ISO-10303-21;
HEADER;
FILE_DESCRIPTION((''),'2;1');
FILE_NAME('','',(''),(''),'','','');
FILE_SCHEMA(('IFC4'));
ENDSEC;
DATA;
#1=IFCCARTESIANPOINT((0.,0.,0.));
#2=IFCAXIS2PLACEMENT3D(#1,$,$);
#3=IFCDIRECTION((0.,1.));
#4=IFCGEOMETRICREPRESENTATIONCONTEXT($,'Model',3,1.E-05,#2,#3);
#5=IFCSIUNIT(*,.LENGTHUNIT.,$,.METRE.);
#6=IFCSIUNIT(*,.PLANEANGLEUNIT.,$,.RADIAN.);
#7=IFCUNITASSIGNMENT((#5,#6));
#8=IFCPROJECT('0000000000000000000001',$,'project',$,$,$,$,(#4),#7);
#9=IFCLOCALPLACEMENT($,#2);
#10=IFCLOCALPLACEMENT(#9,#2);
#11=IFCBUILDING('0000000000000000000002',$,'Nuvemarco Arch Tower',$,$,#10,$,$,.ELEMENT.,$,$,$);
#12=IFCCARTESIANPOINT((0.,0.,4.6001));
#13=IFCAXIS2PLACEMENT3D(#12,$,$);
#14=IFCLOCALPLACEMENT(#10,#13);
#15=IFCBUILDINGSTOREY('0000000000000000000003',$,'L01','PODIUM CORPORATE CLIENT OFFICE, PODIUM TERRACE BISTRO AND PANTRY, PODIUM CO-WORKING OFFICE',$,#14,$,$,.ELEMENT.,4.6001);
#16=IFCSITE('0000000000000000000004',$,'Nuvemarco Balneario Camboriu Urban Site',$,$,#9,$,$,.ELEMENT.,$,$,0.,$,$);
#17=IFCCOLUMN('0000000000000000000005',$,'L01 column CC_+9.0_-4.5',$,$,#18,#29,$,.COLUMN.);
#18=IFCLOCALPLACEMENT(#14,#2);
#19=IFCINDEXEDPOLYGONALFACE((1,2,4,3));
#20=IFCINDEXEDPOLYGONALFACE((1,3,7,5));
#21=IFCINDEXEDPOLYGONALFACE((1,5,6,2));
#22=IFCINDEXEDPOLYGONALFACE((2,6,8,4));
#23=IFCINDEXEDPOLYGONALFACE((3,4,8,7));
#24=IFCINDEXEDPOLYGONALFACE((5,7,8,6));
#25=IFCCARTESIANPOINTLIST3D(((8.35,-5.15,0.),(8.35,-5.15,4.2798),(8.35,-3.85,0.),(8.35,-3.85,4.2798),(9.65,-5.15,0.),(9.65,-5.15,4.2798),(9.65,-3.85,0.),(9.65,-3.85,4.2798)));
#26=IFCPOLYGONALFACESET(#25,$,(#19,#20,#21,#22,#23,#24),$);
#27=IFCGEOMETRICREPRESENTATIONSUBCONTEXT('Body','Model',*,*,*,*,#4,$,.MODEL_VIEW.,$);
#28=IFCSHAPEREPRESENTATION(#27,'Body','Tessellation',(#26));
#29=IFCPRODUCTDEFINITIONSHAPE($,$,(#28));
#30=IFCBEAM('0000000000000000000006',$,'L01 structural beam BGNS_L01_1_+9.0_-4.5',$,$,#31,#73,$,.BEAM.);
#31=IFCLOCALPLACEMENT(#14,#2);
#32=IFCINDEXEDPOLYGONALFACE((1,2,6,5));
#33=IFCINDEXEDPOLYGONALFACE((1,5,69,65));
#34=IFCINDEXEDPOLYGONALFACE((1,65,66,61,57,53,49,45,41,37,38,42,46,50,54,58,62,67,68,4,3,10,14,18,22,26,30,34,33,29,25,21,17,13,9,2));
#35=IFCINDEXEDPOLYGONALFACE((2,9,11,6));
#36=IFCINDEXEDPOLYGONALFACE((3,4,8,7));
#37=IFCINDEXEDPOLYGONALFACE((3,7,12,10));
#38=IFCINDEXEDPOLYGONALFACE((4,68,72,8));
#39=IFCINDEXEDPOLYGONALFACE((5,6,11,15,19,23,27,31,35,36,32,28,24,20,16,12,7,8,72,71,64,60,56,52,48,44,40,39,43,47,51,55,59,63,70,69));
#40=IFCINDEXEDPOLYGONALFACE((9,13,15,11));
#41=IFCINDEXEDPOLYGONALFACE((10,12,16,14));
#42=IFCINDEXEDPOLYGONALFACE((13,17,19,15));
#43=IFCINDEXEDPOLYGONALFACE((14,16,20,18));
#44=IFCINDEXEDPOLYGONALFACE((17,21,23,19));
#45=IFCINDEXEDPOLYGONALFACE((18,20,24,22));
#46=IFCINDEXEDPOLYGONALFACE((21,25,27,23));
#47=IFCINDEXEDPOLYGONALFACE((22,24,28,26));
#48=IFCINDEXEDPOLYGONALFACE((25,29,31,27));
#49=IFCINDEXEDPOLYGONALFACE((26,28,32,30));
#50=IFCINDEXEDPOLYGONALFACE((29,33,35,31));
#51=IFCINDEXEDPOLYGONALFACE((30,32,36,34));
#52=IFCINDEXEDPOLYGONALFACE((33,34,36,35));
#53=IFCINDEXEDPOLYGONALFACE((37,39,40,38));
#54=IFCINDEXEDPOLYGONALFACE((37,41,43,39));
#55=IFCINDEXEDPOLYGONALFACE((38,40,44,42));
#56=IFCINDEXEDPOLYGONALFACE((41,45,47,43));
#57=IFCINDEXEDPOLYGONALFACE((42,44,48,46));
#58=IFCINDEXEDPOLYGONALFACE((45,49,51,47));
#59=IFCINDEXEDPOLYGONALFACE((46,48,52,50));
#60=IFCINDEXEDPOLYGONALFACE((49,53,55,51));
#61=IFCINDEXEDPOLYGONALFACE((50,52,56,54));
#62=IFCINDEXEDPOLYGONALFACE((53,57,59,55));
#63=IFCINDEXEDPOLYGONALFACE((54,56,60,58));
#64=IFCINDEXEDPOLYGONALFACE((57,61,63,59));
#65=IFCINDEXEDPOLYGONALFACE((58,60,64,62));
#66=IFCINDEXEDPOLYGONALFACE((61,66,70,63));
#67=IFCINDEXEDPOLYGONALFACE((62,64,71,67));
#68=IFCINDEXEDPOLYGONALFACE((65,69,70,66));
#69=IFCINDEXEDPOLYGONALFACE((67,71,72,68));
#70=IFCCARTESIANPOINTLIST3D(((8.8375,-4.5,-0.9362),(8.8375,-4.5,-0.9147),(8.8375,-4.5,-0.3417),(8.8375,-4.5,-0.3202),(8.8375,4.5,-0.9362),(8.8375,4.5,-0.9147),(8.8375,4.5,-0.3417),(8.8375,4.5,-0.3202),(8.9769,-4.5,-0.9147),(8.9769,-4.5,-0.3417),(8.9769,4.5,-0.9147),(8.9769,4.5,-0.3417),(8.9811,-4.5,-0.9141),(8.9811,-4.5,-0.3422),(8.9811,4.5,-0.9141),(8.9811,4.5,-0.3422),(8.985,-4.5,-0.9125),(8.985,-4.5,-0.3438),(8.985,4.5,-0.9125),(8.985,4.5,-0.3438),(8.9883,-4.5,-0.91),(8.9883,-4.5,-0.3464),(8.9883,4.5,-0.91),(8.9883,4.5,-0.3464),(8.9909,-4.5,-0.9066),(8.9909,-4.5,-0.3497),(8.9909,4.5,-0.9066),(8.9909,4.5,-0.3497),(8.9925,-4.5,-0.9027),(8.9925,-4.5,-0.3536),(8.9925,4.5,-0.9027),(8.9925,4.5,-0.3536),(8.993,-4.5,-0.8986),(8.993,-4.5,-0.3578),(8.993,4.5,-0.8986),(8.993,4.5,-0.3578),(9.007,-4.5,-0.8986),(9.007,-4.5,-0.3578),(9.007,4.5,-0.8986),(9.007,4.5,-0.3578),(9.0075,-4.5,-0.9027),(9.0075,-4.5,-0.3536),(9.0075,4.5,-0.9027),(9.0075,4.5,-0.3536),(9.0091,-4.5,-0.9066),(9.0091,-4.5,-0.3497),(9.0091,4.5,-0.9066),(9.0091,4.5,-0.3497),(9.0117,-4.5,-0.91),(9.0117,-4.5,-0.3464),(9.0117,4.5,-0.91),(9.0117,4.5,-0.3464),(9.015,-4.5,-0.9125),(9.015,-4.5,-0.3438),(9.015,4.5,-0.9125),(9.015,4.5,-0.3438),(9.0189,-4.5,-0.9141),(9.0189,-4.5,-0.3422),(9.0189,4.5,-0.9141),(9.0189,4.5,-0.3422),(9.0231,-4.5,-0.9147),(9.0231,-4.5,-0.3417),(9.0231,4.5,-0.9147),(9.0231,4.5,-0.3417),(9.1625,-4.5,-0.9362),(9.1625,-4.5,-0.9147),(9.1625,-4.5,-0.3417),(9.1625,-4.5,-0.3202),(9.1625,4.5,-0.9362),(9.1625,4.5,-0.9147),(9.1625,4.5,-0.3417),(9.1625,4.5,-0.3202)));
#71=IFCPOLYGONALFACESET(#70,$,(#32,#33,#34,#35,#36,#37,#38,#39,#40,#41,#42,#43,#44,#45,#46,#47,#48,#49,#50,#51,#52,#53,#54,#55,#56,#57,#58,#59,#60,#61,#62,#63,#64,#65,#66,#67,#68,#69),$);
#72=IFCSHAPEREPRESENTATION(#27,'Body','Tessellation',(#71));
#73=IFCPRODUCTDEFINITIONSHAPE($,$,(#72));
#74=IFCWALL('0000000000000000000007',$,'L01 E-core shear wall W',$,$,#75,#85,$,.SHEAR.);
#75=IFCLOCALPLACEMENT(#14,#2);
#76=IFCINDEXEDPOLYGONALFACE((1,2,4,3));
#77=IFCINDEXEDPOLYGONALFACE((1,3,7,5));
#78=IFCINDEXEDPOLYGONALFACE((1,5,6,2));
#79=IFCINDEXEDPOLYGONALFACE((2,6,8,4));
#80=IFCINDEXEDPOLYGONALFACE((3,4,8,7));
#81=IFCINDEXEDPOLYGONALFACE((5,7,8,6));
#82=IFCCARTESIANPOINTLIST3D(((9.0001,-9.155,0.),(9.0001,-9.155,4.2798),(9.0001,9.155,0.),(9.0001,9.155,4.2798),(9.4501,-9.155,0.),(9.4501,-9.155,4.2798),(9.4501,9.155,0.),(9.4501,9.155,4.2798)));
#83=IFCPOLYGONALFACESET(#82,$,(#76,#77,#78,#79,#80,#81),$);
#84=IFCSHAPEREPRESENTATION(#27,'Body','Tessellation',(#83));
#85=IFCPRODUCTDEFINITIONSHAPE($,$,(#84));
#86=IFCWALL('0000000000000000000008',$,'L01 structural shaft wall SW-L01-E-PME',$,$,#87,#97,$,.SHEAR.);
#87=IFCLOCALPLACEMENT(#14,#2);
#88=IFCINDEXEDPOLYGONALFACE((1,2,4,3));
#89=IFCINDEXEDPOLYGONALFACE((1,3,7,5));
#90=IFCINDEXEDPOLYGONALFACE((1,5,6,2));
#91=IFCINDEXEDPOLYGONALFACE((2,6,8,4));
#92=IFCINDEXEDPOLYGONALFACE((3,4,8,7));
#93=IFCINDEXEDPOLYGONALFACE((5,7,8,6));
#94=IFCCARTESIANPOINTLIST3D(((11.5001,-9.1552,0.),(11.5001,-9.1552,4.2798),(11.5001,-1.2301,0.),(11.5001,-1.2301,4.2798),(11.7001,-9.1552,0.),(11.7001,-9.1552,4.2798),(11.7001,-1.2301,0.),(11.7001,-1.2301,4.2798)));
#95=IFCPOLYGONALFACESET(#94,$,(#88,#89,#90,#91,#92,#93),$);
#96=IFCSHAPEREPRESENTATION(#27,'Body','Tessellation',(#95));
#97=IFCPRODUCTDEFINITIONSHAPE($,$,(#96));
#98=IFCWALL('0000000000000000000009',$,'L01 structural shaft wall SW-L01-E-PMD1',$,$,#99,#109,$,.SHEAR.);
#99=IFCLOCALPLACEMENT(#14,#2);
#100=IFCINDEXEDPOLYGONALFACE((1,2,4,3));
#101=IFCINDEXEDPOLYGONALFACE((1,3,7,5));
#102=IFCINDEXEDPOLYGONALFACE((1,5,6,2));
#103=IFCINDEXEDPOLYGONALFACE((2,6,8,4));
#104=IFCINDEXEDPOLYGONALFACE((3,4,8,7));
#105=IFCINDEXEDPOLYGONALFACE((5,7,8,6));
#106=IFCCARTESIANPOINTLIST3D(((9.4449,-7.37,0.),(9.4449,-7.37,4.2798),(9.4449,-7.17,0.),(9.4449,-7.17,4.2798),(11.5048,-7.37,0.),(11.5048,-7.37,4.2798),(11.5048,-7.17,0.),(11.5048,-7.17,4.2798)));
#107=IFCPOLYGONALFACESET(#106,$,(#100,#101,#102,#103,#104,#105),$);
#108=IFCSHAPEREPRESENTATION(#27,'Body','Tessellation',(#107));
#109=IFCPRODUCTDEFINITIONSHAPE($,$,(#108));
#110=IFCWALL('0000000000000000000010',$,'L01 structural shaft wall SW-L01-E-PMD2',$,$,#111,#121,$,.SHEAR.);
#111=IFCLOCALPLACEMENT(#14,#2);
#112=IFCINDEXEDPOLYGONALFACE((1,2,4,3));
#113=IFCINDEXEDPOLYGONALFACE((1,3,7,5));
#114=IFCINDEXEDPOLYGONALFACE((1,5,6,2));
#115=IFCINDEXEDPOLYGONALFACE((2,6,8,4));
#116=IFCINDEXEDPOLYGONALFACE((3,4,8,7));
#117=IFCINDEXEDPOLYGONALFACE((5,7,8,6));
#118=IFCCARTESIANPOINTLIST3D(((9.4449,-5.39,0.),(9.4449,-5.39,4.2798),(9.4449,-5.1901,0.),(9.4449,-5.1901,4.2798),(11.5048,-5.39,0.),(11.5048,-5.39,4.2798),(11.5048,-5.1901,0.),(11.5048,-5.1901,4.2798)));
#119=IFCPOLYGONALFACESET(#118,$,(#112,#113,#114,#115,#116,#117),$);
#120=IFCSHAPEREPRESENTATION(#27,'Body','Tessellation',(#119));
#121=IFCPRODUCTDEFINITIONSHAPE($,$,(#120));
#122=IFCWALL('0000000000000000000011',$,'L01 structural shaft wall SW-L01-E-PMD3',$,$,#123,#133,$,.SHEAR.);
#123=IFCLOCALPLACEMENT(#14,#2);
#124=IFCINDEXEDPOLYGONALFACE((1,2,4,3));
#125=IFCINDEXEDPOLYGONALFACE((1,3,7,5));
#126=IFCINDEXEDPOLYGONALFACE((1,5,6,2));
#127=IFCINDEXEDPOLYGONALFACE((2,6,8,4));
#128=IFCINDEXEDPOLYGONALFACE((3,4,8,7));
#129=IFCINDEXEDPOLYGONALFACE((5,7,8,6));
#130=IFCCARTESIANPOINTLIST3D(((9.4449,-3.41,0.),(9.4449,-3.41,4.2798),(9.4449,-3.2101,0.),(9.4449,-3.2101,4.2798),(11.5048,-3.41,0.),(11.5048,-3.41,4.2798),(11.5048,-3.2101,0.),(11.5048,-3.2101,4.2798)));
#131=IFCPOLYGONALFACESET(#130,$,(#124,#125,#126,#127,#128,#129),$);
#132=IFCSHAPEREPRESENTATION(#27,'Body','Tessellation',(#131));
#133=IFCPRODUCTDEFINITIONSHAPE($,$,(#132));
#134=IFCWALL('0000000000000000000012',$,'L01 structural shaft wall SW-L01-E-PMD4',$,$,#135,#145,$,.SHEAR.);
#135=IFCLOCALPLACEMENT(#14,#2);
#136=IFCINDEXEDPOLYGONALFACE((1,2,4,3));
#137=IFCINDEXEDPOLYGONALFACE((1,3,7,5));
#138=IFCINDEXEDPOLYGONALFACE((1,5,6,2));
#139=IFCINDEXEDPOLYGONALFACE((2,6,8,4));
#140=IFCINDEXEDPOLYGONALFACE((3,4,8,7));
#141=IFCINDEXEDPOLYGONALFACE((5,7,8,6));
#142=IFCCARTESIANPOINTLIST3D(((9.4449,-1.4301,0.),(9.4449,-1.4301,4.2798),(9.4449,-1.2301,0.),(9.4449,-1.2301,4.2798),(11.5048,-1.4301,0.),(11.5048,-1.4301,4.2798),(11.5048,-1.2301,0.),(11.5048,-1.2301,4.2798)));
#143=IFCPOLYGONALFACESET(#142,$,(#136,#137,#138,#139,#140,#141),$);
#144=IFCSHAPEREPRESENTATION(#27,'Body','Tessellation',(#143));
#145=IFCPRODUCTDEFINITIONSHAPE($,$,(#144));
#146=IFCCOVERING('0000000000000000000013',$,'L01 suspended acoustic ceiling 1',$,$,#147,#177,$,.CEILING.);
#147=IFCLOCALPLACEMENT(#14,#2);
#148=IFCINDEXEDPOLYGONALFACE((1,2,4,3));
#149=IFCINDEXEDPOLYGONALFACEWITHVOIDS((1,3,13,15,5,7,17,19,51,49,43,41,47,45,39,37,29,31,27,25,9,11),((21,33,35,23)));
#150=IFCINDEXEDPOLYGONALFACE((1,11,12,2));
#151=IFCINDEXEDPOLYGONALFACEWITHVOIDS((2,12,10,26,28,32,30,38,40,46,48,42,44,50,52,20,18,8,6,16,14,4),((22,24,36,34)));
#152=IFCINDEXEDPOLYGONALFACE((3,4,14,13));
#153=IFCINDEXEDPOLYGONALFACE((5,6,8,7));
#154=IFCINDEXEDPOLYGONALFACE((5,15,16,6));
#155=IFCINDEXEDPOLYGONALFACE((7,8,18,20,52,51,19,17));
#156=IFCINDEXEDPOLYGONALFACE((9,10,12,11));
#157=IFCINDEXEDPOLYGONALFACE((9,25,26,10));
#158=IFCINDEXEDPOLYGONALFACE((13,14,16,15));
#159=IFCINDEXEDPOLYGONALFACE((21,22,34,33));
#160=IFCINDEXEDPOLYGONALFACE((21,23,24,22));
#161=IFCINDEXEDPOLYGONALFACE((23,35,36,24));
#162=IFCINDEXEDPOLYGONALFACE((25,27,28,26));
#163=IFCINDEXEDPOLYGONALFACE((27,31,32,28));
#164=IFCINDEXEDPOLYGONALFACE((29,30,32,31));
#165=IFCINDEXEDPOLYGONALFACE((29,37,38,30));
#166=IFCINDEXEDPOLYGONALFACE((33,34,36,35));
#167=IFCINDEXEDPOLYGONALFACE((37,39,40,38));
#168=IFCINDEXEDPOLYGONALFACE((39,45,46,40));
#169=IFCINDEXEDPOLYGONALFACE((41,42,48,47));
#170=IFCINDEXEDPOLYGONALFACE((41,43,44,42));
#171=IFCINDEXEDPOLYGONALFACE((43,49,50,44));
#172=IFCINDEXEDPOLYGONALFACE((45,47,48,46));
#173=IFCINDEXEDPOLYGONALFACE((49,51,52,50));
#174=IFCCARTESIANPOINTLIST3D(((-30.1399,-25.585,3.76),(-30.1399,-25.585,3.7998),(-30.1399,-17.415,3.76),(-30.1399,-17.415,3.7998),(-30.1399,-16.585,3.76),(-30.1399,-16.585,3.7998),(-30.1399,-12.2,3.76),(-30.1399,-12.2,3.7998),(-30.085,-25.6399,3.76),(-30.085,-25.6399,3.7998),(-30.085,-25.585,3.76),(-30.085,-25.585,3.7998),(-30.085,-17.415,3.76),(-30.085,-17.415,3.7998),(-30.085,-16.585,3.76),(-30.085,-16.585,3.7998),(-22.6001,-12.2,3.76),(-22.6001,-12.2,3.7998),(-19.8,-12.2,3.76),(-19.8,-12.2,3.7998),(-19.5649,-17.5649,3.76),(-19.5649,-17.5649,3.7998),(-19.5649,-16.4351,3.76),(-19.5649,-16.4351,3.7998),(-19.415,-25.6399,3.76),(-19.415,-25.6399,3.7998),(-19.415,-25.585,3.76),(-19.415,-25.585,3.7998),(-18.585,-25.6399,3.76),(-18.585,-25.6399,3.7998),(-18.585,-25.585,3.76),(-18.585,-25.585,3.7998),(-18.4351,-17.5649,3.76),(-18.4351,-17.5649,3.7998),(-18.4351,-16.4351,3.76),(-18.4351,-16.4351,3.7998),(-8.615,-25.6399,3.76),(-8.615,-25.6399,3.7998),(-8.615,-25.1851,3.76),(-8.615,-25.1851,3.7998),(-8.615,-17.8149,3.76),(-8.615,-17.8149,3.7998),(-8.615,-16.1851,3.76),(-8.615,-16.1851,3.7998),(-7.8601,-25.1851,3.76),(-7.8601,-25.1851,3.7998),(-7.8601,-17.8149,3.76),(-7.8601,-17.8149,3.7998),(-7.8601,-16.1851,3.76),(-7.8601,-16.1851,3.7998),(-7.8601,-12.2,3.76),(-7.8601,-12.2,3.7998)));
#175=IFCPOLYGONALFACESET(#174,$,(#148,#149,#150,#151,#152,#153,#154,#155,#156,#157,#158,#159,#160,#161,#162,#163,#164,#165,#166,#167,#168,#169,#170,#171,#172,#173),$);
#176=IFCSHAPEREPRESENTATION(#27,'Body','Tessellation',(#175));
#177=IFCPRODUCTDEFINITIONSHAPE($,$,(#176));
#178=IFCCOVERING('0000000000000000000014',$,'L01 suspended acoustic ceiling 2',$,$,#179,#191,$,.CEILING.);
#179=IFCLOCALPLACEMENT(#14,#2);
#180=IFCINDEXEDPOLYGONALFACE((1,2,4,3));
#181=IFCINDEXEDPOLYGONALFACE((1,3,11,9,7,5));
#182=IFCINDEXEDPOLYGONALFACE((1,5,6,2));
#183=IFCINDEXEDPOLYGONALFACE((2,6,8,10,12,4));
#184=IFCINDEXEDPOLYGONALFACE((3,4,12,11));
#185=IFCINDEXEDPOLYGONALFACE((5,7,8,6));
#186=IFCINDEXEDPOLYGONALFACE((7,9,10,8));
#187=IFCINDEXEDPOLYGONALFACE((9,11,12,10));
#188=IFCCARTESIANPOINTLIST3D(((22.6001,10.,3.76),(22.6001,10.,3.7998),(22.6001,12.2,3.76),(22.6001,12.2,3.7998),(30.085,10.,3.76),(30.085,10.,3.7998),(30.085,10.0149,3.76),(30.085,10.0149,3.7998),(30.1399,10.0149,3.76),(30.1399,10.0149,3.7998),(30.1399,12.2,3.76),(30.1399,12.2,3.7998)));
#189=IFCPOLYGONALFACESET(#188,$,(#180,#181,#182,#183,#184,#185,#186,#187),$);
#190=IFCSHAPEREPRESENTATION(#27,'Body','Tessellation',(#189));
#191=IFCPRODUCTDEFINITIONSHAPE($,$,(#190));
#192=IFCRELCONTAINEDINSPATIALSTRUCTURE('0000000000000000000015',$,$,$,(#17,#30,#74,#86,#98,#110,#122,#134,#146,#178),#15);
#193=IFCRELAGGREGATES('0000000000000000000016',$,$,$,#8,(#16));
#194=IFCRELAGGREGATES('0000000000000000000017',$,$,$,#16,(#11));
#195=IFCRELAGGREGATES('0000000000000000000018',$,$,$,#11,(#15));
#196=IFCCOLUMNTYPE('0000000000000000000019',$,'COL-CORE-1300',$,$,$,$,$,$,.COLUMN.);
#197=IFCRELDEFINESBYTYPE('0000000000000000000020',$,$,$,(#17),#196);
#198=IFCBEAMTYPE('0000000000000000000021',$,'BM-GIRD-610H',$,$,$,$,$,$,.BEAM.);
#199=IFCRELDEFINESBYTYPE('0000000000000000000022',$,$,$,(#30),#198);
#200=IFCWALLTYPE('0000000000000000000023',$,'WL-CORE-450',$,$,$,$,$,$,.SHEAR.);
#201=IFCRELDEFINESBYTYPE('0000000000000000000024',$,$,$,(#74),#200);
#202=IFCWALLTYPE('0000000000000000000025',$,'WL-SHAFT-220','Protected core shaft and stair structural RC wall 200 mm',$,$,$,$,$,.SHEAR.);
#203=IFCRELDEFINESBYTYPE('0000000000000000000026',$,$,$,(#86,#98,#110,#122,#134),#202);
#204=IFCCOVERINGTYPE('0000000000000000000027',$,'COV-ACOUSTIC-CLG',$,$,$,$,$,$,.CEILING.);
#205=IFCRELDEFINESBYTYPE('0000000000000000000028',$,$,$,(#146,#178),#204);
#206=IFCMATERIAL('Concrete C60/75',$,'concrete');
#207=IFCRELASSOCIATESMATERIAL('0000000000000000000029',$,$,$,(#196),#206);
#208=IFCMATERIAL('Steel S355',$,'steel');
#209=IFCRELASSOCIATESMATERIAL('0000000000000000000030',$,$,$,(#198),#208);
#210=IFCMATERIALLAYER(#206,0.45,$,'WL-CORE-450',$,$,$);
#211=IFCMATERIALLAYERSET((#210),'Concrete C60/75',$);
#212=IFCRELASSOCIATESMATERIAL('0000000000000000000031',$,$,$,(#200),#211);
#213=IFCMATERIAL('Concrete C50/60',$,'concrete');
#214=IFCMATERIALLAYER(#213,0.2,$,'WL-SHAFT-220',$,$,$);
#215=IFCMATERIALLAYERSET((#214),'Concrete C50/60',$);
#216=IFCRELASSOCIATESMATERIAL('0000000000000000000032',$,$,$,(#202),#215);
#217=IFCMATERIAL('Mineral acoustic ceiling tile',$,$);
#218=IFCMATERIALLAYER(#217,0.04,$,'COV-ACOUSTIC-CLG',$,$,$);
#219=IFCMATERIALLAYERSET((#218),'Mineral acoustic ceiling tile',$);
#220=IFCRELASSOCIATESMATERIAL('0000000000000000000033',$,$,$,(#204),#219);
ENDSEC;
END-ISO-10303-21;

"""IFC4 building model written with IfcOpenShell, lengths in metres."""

from ifc_helpers import new_model, si_unit, direction, frame, frame_2d, origin, origin_2d, place, context, subcontext, project, spatial, polyline, rectangle, i_section, outline, extrude, material, layer, layer_set, material_profile, profile_set, type_object, element, save


model = new_model("IFC4")

# Units and contexts
model_context = context("Model", 3, precision=1e-05, world=origin(), true_north=direction((0.0, 1.0)))
body_context = subcontext(model_context, "Body", "Model", "MODEL_VIEW")
ifc_project = project(units=[si_unit("LENGTHUNIT", "METRE"), si_unit("PLANEANGLEUNIT", "RADIAN")], contexts=[model_context])

# Site, building, storey
site_placement = place(None, origin())
site = spatial("IfcSite", under=ifc_project, at=site_placement, Name="Nuvemarco Balneario Camboriu Urban Site", CompositionType="ELEMENT", RefElevation=0.0)
building_placement = place(site_placement, origin())
building = spatial("IfcBuilding", under=site, at=building_placement, Name="Nuvemarco Arch Tower", CompositionType="ELEMENT")
storey_placement = place(building_placement, frame((0.0, 0.0, 4.6001)))
storey = spatial("IfcBuildingStorey", under=building, at=storey_placement, Name="L01", Description="PODIUM CORPORATE CLIENT OFFICE, PODIUM TERRACE BISTRO AND PANTRY, PODIUM CO-WORKING OFFICE", CompositionType="ELEMENT", Elevation=4.6001)

# Column
ifc_material_1 = material(Name="Concrete C60/75", Category="concrete")
ifc_material_profile_1 = material_profile(ifc_material_1, rectangle(XDim=1.3, YDim=1.3, at=origin_2d()), Name="RC-COL-1300x1300")
ifc_profile_set_1 = profile_set([ifc_material_profile_1], Name="Concrete C60/75")
column_type = type_object("IfcColumnType", Name="COL-CORE-1300", PredefinedType="COLUMN", material=ifc_profile_set_1)
column_placement = place(storey_placement, frame((9.0, -4.5, 0.0), z_axis=(0.0, 0.0, 1.0), x_axis=(1.0, 0.0, 0.0)))
element("IfcColumn", 1, at=column_placement, inside=storey, type_object=column_type, Name="L01 column CC_+9.0_-4.5", PredefinedType="COLUMN", context=body_context, shape_type="SweptSolid", body=[
    extrude(rectangle(XDim=1.3, YDim=1.3, at=origin_2d()), origin(), (0.0, 0.0, 1.0), 4.2798),
])

# Beam
ifc_material_2 = material(Name="Steel S355", Category="steel")
ifc_material_profile_2 = material_profile(ifc_material_2, i_section(OverallWidth=0.325, OverallDepth=0.616, WebThickness=0.0139, FlangeThickness=0.0215, FilletRadius=0.0161, at=origin_2d()), Name="W610x174")
ifc_profile_set_2 = profile_set([ifc_material_profile_2], Name="Steel S355")
beam_type = type_object("IfcBeamType", Name="BM-GIRD-610H", PredefinedType="BEAM", material=ifc_profile_set_2)
beam_placement = place(storey_placement, frame((9.0, -4.5, -0.6282), z_axis=(0.0, 1.0, 0.0), x_axis=(-1.0, 0.0, 0.0)))
element("IfcBeam", 2, at=beam_placement, inside=storey, type_object=beam_type, Name="L01 structural beam BGNS_L01_1_+9.0_-4.5", PredefinedType="BEAM", context=body_context, shape_type="SweptSolid", body=[
    extrude(i_section(OverallWidth=0.325, OverallDepth=0.616, WebThickness=0.0139, FlangeThickness=0.0215, FilletRadius=0.0161, at=origin_2d()), origin(), (0.0, 0.0, 1.0), 9.0),
])

# Walls
ifc_layer_1 = layer(ifc_material_1, 0.45, Name="WL-CORE-450")
ifc_layer_set_1 = layer_set([ifc_layer_1], Name="Concrete C60/75")
wall_type_1 = type_object("IfcWallType", Name="WL-CORE-450", PredefinedType="SHEAR", material=ifc_layer_set_1)
wall_1_placement = place(storey_placement, frame((9.2251, -9.155, 0.0), z_axis=(0.0, 0.0, 1.0), x_axis=(0.0, 1.0, 0.0)))
element("IfcWall", 3, at=wall_1_placement, inside=storey, type_object=wall_type_1, Name="L01 E-core shear wall W", PredefinedType="SHEAR", context=body_context, shape_type="SweptSolid", body=[
    extrude(rectangle(XDim=18.3101, YDim=0.45, at=frame_2d((9.155, 0.0))), origin(), (0.0, 0.0, 1.0), 4.2798),
])
ifc_material_3 = material(Name="Concrete C50/60", Category="concrete")
ifc_layer_2 = layer(ifc_material_3, 0.2, Name="WL-SHAFT-220")
ifc_layer_set_2 = layer_set([ifc_layer_2], Name="Concrete C50/60")
wall_type_2 = type_object("IfcWallType", Name="WL-SHAFT-220", Description="Protected core shaft and stair structural RC wall 200 mm", PredefinedType="SHEAR", material=ifc_layer_set_2)
wall_2_placement = place(storey_placement, frame((11.6001, -9.155, 0.0), z_axis=(0.0, 0.0, 1.0), x_axis=(0.0, 1.0, 0.0)))
element("IfcWall", 4, at=wall_2_placement, inside=storey, type_object=wall_type_2, Name="L01 structural shaft wall SW-L01-E-PME", PredefinedType="SHEAR", context=body_context, shape_type="SweptSolid", body=[
    extrude(rectangle(XDim=7.925, YDim=0.2, at=frame_2d((3.9624, 0.0))), origin(), (0.0, 0.0, 1.0), 4.2798),
])
for number, where, z_axis, x_axis, name in (
    (5, (9.4451, -7.27, 0.0), (0.0, 0.0, 1.0), (1.0, 0.0, 0.0), "L01 structural shaft wall SW-L01-E-PMD1"),
    (6, (9.4451, -5.29, 0.0), (0.0, 0.0, 1.0), (1.0, 0.0, 0.0), "L01 structural shaft wall SW-L01-E-PMD2"),
    (7, (9.4451, -3.3101, 0.0), (0.0, 0.0, 1.0), (1.0, 0.0, 0.0), "L01 structural shaft wall SW-L01-E-PMD3"),
    (8, (9.4451, -1.3301, 0.0), (0.0, 0.0, 1.0), (1.0, 0.0, 0.0), "L01 structural shaft wall SW-L01-E-PMD4"),
):
    element("IfcWall", number, at=place(storey_placement, frame(where, z_axis=z_axis, x_axis=x_axis)), inside=storey, type_object=wall_type_2, Name=name, PredefinedType="SHEAR", context=body_context, shape_type="SweptSolid", body=[
        extrude(rectangle(XDim=2.0598, YDim=0.2, at=frame_2d((1.0298, 0.0))), origin(), (0.0, 0.0, 1.0), 4.2798),
    ])

# Coverings
ifc_material_4 = material(Name="Mineral acoustic ceiling tile")
ifc_layer_3 = layer(ifc_material_4, 0.04, Name="COV-ACOUSTIC-CLG")
ifc_layer_set_3 = layer_set([ifc_layer_3], Name="Mineral acoustic ceiling tile")
covering_type_1 = type_object("IfcCoveringType", Name="COV-ACOUSTIC-CLG", PredefinedType="CEILING", material=ifc_layer_set_3)
covering_1_placement = place(storey_placement, frame((0.0, 0.0, 3.76)))
element("IfcCovering", 9, at=covering_1_placement, inside=storey, type_object=covering_type_1, Name="L01 suspended acoustic ceiling 1", PredefinedType="CEILING", context=body_context, shape_type="SweptSolid", body=[
    extrude(outline(polyline([(-30.085, -25.585), (-30.1399, -25.585), (-30.1399, -17.415), (-30.085, -17.415), (-30.085, -16.585), (-30.1399, -16.585), (-30.1399, -12.2), (-22.6001, -12.2), (-19.8, -12.2), (-7.8601, -12.2), (-7.8601, -16.1851), (-8.615, -16.1851), (-8.615, -17.8149), (-7.8601, -17.8149), (-7.8601, -25.1851), (-8.615, -25.1851), (-8.615, -25.6399), (-18.585, -25.6399), (-18.585, -25.585), (-19.415, -25.585), (-19.415, -25.6399), (-30.085, -25.6399), (-30.085, -25.585)]), holes=[polyline([(-18.4351, -16.4351), (-19.5649, -16.4351), (-19.5649, -17.5649), (-18.4351, -17.5649), (-18.4351, -16.4351)])]), origin(), (0.0, 0.0, 1.0), 0.0398),
])
covering_2_placement = place(storey_placement, frame((0.0, 0.0, 3.76)))
element("IfcCovering", 10, at=covering_2_placement, inside=storey, type_object=covering_type_1, Name="L01 suspended acoustic ceiling 2", PredefinedType="CEILING", context=body_context, shape_type="SweptSolid", body=[
    extrude(outline(polyline([(30.1399, 10.0149), (30.085, 10.0149), (30.085, 10.0), (22.6001, 10.0), (22.6001, 12.2), (30.1399, 12.2), (30.1399, 10.0149)])), origin(), (0.0, 0.0, 1.0), 0.0398),
])

save(model, "model.ifc")
